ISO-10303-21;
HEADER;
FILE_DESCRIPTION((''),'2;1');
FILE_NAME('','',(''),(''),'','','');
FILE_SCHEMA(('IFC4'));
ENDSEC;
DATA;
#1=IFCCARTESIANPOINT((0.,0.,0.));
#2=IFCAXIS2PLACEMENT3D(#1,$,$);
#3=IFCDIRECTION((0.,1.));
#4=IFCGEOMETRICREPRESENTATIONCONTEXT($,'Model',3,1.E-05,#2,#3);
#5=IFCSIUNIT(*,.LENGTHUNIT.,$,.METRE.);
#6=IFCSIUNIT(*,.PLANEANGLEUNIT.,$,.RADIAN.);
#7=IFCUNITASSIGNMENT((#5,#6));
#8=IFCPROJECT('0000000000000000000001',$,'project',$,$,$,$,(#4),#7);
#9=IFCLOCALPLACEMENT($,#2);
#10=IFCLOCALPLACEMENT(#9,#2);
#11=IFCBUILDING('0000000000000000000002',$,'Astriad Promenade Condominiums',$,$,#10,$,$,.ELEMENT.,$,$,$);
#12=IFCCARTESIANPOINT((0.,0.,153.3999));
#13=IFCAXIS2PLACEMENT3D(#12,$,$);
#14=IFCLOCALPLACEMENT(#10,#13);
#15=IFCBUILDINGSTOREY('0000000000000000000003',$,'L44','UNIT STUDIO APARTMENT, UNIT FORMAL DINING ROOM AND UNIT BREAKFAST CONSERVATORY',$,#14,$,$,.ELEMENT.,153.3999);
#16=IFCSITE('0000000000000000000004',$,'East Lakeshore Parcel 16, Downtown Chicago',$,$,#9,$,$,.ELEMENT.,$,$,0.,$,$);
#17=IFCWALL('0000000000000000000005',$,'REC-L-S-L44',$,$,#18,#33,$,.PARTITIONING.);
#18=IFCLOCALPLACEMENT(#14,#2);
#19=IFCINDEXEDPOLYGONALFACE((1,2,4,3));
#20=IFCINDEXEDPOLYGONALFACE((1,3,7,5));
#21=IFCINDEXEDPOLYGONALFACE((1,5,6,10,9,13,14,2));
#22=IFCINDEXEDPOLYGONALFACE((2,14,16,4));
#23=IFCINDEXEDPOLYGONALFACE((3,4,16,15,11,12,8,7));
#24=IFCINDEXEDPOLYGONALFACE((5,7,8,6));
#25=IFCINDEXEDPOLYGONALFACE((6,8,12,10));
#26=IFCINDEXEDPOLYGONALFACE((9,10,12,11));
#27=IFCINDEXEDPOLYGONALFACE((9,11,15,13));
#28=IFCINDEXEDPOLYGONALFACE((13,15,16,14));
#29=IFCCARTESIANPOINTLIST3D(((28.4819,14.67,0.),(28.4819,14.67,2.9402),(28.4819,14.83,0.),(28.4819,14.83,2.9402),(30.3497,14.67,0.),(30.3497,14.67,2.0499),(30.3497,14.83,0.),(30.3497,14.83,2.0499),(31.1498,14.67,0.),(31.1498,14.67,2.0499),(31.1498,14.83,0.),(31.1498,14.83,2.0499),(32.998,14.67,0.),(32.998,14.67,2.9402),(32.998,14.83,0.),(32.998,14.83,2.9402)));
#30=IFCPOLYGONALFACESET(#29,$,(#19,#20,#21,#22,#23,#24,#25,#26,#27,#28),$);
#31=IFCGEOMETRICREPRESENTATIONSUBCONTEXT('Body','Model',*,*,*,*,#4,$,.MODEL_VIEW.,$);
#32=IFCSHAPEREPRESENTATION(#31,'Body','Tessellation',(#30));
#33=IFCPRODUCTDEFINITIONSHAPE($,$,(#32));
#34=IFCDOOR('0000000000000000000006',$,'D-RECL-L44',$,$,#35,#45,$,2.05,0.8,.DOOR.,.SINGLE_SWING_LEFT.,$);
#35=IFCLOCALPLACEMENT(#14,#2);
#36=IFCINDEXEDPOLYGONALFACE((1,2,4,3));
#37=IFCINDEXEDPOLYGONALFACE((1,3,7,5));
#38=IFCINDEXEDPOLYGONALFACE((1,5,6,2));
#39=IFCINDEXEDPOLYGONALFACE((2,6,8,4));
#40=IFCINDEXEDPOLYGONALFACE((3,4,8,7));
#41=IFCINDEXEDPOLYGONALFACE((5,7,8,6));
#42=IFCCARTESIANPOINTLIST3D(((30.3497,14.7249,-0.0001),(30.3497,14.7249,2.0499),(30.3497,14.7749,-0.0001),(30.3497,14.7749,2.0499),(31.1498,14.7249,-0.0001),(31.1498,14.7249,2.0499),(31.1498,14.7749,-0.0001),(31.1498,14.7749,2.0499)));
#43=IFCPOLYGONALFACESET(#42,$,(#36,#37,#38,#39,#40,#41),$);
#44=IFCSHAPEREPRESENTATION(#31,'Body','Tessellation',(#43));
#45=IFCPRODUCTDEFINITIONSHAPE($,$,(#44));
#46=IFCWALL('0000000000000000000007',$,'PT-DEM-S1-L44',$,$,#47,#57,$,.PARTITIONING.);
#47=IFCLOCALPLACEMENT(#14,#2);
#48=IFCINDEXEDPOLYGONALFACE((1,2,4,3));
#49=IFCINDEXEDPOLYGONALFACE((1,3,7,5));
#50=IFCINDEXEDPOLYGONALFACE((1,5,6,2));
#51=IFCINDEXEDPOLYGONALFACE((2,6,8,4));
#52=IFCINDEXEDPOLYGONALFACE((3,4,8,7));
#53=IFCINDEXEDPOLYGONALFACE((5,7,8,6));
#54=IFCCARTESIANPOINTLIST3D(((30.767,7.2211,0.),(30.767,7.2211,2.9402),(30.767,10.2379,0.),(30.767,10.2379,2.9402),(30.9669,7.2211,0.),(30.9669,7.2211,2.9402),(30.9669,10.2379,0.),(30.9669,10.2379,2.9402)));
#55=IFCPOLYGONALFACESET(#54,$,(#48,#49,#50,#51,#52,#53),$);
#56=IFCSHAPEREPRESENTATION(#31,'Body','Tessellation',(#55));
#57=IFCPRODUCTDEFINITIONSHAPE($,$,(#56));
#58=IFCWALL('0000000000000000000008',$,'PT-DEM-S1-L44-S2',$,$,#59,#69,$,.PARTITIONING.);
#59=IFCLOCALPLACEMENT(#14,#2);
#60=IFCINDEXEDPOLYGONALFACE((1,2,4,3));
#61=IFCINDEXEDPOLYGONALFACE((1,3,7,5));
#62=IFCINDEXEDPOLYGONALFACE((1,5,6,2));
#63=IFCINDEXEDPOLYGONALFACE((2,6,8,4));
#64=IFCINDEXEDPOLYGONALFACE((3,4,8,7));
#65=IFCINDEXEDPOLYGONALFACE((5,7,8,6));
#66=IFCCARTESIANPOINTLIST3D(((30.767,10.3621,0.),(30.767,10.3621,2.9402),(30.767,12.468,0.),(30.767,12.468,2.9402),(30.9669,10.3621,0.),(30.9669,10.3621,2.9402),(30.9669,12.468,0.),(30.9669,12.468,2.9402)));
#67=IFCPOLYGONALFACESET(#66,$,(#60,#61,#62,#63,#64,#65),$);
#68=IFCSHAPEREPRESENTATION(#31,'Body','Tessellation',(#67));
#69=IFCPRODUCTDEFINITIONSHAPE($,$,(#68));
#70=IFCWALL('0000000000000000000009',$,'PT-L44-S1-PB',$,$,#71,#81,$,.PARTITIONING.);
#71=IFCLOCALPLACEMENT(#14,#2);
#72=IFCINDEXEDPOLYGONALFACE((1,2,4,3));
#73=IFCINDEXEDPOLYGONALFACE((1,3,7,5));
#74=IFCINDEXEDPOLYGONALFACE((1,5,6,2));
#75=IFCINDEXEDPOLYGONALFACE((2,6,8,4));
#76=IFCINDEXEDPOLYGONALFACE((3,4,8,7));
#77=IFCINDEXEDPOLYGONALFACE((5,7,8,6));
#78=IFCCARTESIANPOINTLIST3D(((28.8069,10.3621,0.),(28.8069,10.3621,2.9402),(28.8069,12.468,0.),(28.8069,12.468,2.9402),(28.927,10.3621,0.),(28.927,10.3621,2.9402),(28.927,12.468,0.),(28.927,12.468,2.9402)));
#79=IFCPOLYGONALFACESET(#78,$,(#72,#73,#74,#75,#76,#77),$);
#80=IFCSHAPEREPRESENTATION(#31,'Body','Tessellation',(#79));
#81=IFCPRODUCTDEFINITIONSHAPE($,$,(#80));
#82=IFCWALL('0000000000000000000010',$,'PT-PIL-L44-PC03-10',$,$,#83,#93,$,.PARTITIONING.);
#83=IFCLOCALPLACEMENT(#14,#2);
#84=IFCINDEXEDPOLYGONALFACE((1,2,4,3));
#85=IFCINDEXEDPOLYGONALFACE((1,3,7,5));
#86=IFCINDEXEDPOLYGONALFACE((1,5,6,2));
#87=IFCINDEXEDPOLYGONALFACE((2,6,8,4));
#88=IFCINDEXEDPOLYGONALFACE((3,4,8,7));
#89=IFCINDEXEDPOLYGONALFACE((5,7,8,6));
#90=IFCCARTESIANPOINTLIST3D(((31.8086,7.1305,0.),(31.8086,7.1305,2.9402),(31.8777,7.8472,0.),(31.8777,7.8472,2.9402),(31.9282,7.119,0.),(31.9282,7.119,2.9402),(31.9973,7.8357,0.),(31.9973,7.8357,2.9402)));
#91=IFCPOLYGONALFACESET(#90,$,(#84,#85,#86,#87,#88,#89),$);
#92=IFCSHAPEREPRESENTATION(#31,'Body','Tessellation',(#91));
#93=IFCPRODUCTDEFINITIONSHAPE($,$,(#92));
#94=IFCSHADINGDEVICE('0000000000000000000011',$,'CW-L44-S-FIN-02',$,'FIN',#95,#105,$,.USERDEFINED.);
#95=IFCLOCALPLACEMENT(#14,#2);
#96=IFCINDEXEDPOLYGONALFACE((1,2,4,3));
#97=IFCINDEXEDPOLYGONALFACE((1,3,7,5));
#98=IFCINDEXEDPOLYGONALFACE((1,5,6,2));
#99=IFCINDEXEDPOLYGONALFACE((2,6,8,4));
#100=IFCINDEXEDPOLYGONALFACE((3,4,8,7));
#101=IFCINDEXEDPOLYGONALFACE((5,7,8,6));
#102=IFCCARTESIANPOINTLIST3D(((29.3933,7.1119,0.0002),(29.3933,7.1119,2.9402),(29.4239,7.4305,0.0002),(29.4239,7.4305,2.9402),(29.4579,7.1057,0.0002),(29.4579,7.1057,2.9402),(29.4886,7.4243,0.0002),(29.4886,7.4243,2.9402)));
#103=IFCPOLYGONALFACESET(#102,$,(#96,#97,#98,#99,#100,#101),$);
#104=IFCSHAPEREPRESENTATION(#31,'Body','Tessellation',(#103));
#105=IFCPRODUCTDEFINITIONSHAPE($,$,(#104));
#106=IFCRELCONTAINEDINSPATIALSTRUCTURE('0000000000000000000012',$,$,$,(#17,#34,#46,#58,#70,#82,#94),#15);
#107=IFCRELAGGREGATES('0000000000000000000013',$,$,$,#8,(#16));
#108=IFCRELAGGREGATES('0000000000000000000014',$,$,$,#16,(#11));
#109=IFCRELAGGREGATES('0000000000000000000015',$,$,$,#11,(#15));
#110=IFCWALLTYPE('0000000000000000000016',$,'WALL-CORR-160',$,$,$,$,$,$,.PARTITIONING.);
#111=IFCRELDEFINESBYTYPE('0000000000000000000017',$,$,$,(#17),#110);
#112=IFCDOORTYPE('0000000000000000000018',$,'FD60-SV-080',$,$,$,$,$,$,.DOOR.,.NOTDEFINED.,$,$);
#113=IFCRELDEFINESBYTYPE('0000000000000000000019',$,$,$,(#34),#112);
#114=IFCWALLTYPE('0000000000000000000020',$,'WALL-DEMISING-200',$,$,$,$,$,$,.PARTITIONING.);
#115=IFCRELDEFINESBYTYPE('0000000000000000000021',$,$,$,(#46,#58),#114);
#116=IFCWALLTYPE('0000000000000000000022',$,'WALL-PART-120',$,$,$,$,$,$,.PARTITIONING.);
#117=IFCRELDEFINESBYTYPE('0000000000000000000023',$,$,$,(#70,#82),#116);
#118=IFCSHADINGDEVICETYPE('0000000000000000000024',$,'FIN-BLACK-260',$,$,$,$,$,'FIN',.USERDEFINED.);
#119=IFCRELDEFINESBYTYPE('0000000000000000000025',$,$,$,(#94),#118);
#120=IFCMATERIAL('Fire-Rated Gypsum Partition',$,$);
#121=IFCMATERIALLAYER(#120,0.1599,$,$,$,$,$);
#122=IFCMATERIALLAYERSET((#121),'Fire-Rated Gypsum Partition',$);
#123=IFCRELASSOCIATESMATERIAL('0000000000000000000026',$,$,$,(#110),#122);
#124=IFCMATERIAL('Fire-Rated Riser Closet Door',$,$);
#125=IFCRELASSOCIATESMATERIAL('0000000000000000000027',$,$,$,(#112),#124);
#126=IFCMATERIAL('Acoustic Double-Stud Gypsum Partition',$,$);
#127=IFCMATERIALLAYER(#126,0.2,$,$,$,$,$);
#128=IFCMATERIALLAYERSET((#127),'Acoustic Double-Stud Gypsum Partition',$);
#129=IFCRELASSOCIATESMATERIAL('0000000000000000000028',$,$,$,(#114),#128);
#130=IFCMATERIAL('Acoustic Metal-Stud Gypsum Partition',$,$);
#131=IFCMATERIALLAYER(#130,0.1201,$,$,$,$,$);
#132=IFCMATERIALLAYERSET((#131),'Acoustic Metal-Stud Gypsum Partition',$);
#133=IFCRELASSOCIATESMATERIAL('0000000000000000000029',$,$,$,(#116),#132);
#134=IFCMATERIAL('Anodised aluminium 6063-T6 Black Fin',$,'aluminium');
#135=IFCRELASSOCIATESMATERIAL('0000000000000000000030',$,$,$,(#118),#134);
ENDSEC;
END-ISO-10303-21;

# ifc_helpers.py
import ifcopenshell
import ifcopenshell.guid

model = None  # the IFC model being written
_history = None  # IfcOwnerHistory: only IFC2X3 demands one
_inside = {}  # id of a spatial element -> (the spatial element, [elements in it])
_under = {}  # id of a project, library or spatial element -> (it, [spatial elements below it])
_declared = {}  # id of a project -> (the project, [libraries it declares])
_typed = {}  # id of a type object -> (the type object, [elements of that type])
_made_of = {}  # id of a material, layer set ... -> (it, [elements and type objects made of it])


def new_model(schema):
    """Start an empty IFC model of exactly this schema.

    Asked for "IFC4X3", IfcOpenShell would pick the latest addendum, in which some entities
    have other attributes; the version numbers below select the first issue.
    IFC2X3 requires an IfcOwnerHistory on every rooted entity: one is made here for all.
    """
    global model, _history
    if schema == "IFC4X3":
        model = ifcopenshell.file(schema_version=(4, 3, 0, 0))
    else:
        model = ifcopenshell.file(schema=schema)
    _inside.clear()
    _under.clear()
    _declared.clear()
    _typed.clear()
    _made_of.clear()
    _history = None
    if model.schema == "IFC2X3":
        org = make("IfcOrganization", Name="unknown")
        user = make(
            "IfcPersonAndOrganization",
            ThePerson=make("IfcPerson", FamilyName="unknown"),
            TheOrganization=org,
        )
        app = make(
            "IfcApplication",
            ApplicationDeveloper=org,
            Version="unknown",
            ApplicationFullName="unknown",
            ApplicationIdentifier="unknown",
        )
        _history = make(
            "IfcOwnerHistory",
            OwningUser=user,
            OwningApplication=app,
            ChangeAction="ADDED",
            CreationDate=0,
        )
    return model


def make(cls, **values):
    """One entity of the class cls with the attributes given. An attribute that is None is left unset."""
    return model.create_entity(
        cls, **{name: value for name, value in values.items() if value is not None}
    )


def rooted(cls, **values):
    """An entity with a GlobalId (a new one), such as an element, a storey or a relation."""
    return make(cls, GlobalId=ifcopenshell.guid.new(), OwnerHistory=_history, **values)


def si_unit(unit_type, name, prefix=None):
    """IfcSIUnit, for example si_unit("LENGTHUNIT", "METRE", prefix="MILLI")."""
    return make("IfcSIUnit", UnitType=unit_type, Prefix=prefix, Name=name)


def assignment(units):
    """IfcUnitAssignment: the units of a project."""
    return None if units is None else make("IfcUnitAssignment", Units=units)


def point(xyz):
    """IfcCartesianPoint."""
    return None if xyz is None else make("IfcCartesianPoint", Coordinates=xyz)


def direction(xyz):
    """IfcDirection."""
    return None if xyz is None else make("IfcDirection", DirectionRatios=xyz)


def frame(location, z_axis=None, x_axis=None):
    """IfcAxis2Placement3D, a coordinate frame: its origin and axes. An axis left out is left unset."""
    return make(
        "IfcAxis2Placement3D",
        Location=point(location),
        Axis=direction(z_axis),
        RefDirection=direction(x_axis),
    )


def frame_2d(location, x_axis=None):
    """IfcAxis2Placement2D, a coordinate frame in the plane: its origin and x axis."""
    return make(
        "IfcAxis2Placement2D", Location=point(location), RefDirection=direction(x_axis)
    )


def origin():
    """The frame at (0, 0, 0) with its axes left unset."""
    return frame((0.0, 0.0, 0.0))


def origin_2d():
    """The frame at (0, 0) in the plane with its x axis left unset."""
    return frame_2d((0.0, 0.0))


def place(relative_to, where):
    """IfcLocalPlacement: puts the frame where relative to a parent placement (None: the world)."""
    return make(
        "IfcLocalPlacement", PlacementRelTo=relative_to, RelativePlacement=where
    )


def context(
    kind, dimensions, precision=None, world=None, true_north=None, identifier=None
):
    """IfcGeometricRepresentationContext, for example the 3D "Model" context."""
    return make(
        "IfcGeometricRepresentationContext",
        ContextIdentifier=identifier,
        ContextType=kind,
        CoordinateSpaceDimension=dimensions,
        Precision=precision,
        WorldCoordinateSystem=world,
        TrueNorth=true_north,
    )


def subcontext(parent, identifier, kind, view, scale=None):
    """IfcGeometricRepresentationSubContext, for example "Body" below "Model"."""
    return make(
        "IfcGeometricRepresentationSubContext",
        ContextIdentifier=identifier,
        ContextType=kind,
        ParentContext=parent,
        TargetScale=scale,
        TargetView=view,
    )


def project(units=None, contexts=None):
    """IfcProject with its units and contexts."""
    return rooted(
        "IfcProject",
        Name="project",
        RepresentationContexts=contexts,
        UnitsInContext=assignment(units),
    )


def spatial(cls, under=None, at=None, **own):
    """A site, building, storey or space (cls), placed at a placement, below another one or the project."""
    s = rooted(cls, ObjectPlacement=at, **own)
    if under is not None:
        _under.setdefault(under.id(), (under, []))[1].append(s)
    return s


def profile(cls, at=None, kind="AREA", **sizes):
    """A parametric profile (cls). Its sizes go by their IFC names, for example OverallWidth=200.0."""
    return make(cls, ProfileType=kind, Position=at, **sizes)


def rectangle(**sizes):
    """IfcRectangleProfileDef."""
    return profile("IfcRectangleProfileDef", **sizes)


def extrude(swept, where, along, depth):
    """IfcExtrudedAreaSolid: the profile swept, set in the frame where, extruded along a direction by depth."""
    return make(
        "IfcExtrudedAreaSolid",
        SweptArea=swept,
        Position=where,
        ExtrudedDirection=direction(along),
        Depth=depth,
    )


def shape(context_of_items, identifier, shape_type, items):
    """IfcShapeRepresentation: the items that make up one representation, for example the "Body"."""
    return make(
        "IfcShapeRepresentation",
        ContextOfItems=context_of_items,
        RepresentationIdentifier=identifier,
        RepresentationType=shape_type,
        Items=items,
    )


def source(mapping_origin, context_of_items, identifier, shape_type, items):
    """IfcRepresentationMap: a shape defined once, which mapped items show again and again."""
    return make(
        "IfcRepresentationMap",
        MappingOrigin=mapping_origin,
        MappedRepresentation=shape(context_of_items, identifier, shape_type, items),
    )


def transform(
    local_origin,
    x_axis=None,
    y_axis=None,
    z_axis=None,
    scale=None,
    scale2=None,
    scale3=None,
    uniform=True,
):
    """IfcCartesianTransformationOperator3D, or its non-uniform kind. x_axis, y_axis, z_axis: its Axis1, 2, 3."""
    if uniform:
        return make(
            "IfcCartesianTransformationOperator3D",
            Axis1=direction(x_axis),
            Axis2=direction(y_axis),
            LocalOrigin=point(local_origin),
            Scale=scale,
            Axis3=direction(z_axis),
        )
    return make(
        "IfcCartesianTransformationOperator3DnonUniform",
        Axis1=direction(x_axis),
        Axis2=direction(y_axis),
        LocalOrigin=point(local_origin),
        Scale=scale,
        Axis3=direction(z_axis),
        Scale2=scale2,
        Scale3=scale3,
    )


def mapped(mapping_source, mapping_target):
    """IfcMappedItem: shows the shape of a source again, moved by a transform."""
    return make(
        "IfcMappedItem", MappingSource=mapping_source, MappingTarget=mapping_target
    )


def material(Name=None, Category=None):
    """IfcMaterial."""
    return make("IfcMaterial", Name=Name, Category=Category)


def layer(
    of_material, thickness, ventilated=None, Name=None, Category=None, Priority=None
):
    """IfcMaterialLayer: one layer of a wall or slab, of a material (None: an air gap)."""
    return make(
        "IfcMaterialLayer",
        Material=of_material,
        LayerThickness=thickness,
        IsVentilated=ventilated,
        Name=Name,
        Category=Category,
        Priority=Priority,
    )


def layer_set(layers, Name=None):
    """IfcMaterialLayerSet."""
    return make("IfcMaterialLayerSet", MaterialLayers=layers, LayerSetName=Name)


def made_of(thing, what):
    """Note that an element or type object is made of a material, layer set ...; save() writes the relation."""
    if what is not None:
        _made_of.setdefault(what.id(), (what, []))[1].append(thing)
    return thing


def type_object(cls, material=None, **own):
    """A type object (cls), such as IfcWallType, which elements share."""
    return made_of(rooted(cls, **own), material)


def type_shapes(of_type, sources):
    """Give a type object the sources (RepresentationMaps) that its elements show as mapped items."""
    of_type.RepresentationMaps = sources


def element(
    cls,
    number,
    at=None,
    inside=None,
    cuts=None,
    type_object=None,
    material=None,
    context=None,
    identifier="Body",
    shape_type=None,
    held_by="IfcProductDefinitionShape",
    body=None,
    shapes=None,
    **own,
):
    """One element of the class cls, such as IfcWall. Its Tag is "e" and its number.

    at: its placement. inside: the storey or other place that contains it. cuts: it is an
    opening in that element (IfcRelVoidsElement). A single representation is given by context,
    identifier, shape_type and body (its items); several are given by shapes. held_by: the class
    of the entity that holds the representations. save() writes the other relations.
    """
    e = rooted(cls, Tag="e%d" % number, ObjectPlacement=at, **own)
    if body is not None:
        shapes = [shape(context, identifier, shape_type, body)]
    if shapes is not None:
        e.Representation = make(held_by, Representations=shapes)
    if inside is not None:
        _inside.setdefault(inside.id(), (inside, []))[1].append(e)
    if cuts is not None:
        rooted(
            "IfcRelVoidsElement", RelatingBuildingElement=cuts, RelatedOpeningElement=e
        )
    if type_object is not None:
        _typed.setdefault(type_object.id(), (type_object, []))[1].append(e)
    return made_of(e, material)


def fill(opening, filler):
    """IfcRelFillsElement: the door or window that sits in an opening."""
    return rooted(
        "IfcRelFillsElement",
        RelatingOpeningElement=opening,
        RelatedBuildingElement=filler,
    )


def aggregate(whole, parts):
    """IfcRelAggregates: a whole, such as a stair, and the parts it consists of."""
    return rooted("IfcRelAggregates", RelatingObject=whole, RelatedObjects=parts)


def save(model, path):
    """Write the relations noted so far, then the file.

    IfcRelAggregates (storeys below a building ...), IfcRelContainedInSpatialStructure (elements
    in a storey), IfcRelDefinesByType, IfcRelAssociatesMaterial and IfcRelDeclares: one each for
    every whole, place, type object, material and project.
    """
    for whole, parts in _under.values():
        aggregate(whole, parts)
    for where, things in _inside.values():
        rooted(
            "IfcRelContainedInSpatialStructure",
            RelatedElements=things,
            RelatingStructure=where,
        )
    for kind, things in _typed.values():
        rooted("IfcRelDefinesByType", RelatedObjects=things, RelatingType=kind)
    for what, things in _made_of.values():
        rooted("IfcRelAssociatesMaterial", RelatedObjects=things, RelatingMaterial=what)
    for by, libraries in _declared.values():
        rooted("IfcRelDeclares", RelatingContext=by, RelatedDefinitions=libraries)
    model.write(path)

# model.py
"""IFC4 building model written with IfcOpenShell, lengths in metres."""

from ifc_helpers import new_model, si_unit, direction, frame, frame_2d, origin, origin_2d, place, context, subcontext, project, spatial, rectangle, extrude, source, transform, mapped, material, layer, layer_set, type_object, type_shapes, element, fill, save


model = new_model("IFC4")

# Units and contexts
model_context = context("Model", 3, precision=1e-05, world=origin(), true_north=direction((0.0, 1.0)))
body_context = subcontext(model_context, "Body", "Model", "MODEL_VIEW")
ifc_project = project(units=[si_unit("LENGTHUNIT", "METRE"), si_unit("PLANEANGLEUNIT", "RADIAN")], contexts=[model_context])

# Site, building, storey
site_placement = place(None, origin())
site = spatial("IfcSite", under=ifc_project, at=site_placement, Name="East Lakeshore Parcel 16, Downtown Chicago", CompositionType="ELEMENT", RefElevation=0.0)
building_placement = place(site_placement, origin())
building = spatial("IfcBuilding", under=site, at=building_placement, Name="Astriad Promenade Condominiums", CompositionType="ELEMENT")
storey_placement = place(building_placement, frame((0.0, 0.0, 153.3999)))
storey = spatial("IfcBuildingStorey", under=building, at=storey_placement, Name="L44", Description="UNIT STUDIO APARTMENT, UNIT FORMAL DINING ROOM AND UNIT BREAKFAST CONSERVATORY", CompositionType="ELEMENT", Elevation=153.3999)

# Shared definitions
ifc_material_1 = material(Name="Fire-Rated Gypsum Partition")
ifc_layer_1 = layer(ifc_material_1, 0.1599)
ifc_layer_set_1 = layer_set([ifc_layer_1], Name="Fire-Rated Gypsum Partition")
wall_type_1 = type_object("IfcWallType", Name="WALL-CORR-160", PredefinedType="PARTITIONING", material=ifc_layer_set_1)

# Wall, opening, door
wall_1_placement = place(storey_placement, frame((28.4819, 14.75, 0.0), z_axis=(0.0, 0.0, 1.0), x_axis=(1.0, 0.0, 0.0)))
wall_1 = element("IfcWall", 1, at=wall_1_placement, inside=storey, type_object=wall_type_1, Name="REC-L-S-L44", PredefinedType="PARTITIONING", context=body_context, shape_type="SweptSolid", body=[
    extrude(rectangle(XDim=4.5161, YDim=0.1599, at=frame_2d((2.2581, 0.0))), origin(), (0.0, 0.0, 1.0), 2.9402),
])
opening_placement = place(wall_1_placement, frame((1.8679, 0.0, 0.0)))
opening = element("IfcOpeningElement", 2, at=opening_placement, cuts=wall_1, PredefinedType="OPENING", context=body_context, shape_type="SweptSolid", body=[
    extrude(rectangle(XDim=0.8, YDim=2.05, at=frame_2d((0.3999, 1.0249))), frame((0.0, 0.0898, 0.0), z_axis=(0.0, -1.0, 0.0), x_axis=(1.0, 0.0, 0.0)), (0.0, 0.0, 1.0), 0.1799),
])
ifc_material_2 = material(Name="Fire-Rated Riser Closet Door")
door_type = type_object("IfcDoorType", Name="FD60-SV-080", OperationType="NOTDEFINED", PredefinedType="DOOR", material=ifc_material_2)
shared_shape_1 = source(origin(), body_context, "Body", "SweptSolid", [
    extrude(rectangle(XDim=0.8, YDim=2.05, at=frame_2d((0.3999, 1.0249))), frame((0.0, 0.0249, 0.0), z_axis=(0.0, -1.0, 0.0), x_axis=(1.0, 0.0, 0.0)), (0.0, 0.0, 1.0), 0.05),
])
type_shapes(door_type, [shared_shape_1])
door_placement = place(opening_placement, origin())
door = element("IfcDoor", 3, at=door_placement, inside=storey, type_object=door_type, Name="D-RECL-L44", OperationType="SINGLE_SWING_LEFT", OverallHeight=2.05, OverallWidth=0.8, PredefinedType="DOOR", context=body_context, shape_type="MappedRepresentation", body=[
    mapped(shared_shape_1, transform((0.0, 0.0, 0.0), scale=1.0)),
])
fill(opening, door)

# Walls
ifc_material_3 = material(Name="Acoustic Double-Stud Gypsum Partition")
ifc_layer_2 = layer(ifc_material_3, 0.2)
ifc_layer_set_2 = layer_set([ifc_layer_2], Name="Acoustic Double-Stud Gypsum Partition")
wall_type_2 = type_object("IfcWallType", Name="WALL-DEMISING-200", PredefinedType="PARTITIONING", material=ifc_layer_set_2)
wall_2_placement = place(storey_placement, frame((30.8669, 7.2212, 0.0), z_axis=(0.0, 0.0, 1.0), x_axis=(0.0, 1.0, 0.0)))
element("IfcWall", 4, at=wall_2_placement, inside=storey, type_object=wall_type_2, Name="PT-DEM-S1-L44", PredefinedType="PARTITIONING", context=body_context, shape_type="SweptSolid", body=[
    extrude(rectangle(XDim=3.0168, YDim=0.2, at=frame_2d((1.5083, 0.0))), origin(), (0.0, 0.0, 1.0), 2.9402),
])
wall_3_placement = place(storey_placement, frame((30.8669, 10.3621, 0.0), z_axis=(0.0, 0.0, 1.0), x_axis=(0.0, 1.0, 0.0)))
element("IfcWall", 5, at=wall_3_placement, inside=storey, type_object=wall_type_2, Name="PT-DEM-S1-L44-S2", PredefinedType="PARTITIONING", context=body_context, shape_type="SweptSolid", body=[
    extrude(rectangle(XDim=2.106, YDim=0.2, at=frame_2d((1.053, 0.0))), origin(), (0.0, 0.0, 1.0), 2.9402),
])
ifc_material_4 = material(Name="Acoustic Metal-Stud Gypsum Partition")
ifc_layer_3 = layer(ifc_material_4, 0.1201)
ifc_layer_set_3 = layer_set([ifc_layer_3], Name="Acoustic Metal-Stud Gypsum Partition")
wall_type_3 = type_object("IfcWallType", Name="WALL-PART-120", PredefinedType="PARTITIONING", material=ifc_layer_set_3)
wall_4_placement = place(storey_placement, frame((28.8669, 10.3621, 0.0), z_axis=(0.0, 0.0, 1.0), x_axis=(0.0, 1.0, 0.0)))
element("IfcWall", 6, at=wall_4_placement, inside=storey, type_object=wall_type_3, Name="PT-L44-S1-PB", PredefinedType="PARTITIONING", context=body_context, shape_type="SweptSolid", body=[
    extrude(rectangle(XDim=2.106, YDim=0.1201, at=frame_2d((1.053, 0.0))), origin(), (0.0, 0.0, 1.0), 2.9402),
])
wall_5_placement = place(storey_placement, frame((31.9375, 7.8413, 0.0), z_axis=(0.0, 0.0, 1.0), x_axis=(-0.095977, -0.995384, 0.0)))
element("IfcWall", 7, at=wall_5_placement, inside=storey, type_object=wall_type_3, Name="PT-PIL-L44-PC03-10", PredefinedType="PARTITIONING", context=body_context, shape_type="SweptSolid", body=[
    extrude(rectangle(XDim=0.72, YDim=0.1201, at=frame_2d((0.3599, 0.0))), origin(), (0.0, 0.0, 1.0), 2.9402),
])

# Shading device
ifc_material_5 = material(Name="Anodised aluminium 6063-T6 Black Fin", Category="aluminium")
shading_device_type = type_object("IfcShadingDeviceType", Name="FIN-BLACK-260", ElementType="FIN", PredefinedType="USERDEFINED", material=ifc_material_5)
shared_shape_2 = source(origin(), body_context, "Body", "SweptSolid", [
    extrude(rectangle(XDim=0.0649, YDim=0.3201, at=origin_2d()), origin(), (0.0, 0.0, 1.0), 2.9399),
])
type_shapes(shading_device_type, [shared_shape_2])
shading_device_placement = place(storey_placement, frame((29.4409, 7.2681, 0.0002), z_axis=(0.0, 0.0, 1.0), x_axis=(-0.995396, 0.095846, 0.0)))
element("IfcShadingDevice", 8, at=shading_device_placement, inside=storey, type_object=shading_device_type, Name="CW-L44-S-FIN-02", ObjectType="FIN", PredefinedType="USERDEFINED", context=body_context, shape_type="MappedRepresentation", body=[
    mapped(shared_shape_2, transform((0.0, 0.0, 0.0), scale=1.0)),
])

save(model, "model.ifc")
